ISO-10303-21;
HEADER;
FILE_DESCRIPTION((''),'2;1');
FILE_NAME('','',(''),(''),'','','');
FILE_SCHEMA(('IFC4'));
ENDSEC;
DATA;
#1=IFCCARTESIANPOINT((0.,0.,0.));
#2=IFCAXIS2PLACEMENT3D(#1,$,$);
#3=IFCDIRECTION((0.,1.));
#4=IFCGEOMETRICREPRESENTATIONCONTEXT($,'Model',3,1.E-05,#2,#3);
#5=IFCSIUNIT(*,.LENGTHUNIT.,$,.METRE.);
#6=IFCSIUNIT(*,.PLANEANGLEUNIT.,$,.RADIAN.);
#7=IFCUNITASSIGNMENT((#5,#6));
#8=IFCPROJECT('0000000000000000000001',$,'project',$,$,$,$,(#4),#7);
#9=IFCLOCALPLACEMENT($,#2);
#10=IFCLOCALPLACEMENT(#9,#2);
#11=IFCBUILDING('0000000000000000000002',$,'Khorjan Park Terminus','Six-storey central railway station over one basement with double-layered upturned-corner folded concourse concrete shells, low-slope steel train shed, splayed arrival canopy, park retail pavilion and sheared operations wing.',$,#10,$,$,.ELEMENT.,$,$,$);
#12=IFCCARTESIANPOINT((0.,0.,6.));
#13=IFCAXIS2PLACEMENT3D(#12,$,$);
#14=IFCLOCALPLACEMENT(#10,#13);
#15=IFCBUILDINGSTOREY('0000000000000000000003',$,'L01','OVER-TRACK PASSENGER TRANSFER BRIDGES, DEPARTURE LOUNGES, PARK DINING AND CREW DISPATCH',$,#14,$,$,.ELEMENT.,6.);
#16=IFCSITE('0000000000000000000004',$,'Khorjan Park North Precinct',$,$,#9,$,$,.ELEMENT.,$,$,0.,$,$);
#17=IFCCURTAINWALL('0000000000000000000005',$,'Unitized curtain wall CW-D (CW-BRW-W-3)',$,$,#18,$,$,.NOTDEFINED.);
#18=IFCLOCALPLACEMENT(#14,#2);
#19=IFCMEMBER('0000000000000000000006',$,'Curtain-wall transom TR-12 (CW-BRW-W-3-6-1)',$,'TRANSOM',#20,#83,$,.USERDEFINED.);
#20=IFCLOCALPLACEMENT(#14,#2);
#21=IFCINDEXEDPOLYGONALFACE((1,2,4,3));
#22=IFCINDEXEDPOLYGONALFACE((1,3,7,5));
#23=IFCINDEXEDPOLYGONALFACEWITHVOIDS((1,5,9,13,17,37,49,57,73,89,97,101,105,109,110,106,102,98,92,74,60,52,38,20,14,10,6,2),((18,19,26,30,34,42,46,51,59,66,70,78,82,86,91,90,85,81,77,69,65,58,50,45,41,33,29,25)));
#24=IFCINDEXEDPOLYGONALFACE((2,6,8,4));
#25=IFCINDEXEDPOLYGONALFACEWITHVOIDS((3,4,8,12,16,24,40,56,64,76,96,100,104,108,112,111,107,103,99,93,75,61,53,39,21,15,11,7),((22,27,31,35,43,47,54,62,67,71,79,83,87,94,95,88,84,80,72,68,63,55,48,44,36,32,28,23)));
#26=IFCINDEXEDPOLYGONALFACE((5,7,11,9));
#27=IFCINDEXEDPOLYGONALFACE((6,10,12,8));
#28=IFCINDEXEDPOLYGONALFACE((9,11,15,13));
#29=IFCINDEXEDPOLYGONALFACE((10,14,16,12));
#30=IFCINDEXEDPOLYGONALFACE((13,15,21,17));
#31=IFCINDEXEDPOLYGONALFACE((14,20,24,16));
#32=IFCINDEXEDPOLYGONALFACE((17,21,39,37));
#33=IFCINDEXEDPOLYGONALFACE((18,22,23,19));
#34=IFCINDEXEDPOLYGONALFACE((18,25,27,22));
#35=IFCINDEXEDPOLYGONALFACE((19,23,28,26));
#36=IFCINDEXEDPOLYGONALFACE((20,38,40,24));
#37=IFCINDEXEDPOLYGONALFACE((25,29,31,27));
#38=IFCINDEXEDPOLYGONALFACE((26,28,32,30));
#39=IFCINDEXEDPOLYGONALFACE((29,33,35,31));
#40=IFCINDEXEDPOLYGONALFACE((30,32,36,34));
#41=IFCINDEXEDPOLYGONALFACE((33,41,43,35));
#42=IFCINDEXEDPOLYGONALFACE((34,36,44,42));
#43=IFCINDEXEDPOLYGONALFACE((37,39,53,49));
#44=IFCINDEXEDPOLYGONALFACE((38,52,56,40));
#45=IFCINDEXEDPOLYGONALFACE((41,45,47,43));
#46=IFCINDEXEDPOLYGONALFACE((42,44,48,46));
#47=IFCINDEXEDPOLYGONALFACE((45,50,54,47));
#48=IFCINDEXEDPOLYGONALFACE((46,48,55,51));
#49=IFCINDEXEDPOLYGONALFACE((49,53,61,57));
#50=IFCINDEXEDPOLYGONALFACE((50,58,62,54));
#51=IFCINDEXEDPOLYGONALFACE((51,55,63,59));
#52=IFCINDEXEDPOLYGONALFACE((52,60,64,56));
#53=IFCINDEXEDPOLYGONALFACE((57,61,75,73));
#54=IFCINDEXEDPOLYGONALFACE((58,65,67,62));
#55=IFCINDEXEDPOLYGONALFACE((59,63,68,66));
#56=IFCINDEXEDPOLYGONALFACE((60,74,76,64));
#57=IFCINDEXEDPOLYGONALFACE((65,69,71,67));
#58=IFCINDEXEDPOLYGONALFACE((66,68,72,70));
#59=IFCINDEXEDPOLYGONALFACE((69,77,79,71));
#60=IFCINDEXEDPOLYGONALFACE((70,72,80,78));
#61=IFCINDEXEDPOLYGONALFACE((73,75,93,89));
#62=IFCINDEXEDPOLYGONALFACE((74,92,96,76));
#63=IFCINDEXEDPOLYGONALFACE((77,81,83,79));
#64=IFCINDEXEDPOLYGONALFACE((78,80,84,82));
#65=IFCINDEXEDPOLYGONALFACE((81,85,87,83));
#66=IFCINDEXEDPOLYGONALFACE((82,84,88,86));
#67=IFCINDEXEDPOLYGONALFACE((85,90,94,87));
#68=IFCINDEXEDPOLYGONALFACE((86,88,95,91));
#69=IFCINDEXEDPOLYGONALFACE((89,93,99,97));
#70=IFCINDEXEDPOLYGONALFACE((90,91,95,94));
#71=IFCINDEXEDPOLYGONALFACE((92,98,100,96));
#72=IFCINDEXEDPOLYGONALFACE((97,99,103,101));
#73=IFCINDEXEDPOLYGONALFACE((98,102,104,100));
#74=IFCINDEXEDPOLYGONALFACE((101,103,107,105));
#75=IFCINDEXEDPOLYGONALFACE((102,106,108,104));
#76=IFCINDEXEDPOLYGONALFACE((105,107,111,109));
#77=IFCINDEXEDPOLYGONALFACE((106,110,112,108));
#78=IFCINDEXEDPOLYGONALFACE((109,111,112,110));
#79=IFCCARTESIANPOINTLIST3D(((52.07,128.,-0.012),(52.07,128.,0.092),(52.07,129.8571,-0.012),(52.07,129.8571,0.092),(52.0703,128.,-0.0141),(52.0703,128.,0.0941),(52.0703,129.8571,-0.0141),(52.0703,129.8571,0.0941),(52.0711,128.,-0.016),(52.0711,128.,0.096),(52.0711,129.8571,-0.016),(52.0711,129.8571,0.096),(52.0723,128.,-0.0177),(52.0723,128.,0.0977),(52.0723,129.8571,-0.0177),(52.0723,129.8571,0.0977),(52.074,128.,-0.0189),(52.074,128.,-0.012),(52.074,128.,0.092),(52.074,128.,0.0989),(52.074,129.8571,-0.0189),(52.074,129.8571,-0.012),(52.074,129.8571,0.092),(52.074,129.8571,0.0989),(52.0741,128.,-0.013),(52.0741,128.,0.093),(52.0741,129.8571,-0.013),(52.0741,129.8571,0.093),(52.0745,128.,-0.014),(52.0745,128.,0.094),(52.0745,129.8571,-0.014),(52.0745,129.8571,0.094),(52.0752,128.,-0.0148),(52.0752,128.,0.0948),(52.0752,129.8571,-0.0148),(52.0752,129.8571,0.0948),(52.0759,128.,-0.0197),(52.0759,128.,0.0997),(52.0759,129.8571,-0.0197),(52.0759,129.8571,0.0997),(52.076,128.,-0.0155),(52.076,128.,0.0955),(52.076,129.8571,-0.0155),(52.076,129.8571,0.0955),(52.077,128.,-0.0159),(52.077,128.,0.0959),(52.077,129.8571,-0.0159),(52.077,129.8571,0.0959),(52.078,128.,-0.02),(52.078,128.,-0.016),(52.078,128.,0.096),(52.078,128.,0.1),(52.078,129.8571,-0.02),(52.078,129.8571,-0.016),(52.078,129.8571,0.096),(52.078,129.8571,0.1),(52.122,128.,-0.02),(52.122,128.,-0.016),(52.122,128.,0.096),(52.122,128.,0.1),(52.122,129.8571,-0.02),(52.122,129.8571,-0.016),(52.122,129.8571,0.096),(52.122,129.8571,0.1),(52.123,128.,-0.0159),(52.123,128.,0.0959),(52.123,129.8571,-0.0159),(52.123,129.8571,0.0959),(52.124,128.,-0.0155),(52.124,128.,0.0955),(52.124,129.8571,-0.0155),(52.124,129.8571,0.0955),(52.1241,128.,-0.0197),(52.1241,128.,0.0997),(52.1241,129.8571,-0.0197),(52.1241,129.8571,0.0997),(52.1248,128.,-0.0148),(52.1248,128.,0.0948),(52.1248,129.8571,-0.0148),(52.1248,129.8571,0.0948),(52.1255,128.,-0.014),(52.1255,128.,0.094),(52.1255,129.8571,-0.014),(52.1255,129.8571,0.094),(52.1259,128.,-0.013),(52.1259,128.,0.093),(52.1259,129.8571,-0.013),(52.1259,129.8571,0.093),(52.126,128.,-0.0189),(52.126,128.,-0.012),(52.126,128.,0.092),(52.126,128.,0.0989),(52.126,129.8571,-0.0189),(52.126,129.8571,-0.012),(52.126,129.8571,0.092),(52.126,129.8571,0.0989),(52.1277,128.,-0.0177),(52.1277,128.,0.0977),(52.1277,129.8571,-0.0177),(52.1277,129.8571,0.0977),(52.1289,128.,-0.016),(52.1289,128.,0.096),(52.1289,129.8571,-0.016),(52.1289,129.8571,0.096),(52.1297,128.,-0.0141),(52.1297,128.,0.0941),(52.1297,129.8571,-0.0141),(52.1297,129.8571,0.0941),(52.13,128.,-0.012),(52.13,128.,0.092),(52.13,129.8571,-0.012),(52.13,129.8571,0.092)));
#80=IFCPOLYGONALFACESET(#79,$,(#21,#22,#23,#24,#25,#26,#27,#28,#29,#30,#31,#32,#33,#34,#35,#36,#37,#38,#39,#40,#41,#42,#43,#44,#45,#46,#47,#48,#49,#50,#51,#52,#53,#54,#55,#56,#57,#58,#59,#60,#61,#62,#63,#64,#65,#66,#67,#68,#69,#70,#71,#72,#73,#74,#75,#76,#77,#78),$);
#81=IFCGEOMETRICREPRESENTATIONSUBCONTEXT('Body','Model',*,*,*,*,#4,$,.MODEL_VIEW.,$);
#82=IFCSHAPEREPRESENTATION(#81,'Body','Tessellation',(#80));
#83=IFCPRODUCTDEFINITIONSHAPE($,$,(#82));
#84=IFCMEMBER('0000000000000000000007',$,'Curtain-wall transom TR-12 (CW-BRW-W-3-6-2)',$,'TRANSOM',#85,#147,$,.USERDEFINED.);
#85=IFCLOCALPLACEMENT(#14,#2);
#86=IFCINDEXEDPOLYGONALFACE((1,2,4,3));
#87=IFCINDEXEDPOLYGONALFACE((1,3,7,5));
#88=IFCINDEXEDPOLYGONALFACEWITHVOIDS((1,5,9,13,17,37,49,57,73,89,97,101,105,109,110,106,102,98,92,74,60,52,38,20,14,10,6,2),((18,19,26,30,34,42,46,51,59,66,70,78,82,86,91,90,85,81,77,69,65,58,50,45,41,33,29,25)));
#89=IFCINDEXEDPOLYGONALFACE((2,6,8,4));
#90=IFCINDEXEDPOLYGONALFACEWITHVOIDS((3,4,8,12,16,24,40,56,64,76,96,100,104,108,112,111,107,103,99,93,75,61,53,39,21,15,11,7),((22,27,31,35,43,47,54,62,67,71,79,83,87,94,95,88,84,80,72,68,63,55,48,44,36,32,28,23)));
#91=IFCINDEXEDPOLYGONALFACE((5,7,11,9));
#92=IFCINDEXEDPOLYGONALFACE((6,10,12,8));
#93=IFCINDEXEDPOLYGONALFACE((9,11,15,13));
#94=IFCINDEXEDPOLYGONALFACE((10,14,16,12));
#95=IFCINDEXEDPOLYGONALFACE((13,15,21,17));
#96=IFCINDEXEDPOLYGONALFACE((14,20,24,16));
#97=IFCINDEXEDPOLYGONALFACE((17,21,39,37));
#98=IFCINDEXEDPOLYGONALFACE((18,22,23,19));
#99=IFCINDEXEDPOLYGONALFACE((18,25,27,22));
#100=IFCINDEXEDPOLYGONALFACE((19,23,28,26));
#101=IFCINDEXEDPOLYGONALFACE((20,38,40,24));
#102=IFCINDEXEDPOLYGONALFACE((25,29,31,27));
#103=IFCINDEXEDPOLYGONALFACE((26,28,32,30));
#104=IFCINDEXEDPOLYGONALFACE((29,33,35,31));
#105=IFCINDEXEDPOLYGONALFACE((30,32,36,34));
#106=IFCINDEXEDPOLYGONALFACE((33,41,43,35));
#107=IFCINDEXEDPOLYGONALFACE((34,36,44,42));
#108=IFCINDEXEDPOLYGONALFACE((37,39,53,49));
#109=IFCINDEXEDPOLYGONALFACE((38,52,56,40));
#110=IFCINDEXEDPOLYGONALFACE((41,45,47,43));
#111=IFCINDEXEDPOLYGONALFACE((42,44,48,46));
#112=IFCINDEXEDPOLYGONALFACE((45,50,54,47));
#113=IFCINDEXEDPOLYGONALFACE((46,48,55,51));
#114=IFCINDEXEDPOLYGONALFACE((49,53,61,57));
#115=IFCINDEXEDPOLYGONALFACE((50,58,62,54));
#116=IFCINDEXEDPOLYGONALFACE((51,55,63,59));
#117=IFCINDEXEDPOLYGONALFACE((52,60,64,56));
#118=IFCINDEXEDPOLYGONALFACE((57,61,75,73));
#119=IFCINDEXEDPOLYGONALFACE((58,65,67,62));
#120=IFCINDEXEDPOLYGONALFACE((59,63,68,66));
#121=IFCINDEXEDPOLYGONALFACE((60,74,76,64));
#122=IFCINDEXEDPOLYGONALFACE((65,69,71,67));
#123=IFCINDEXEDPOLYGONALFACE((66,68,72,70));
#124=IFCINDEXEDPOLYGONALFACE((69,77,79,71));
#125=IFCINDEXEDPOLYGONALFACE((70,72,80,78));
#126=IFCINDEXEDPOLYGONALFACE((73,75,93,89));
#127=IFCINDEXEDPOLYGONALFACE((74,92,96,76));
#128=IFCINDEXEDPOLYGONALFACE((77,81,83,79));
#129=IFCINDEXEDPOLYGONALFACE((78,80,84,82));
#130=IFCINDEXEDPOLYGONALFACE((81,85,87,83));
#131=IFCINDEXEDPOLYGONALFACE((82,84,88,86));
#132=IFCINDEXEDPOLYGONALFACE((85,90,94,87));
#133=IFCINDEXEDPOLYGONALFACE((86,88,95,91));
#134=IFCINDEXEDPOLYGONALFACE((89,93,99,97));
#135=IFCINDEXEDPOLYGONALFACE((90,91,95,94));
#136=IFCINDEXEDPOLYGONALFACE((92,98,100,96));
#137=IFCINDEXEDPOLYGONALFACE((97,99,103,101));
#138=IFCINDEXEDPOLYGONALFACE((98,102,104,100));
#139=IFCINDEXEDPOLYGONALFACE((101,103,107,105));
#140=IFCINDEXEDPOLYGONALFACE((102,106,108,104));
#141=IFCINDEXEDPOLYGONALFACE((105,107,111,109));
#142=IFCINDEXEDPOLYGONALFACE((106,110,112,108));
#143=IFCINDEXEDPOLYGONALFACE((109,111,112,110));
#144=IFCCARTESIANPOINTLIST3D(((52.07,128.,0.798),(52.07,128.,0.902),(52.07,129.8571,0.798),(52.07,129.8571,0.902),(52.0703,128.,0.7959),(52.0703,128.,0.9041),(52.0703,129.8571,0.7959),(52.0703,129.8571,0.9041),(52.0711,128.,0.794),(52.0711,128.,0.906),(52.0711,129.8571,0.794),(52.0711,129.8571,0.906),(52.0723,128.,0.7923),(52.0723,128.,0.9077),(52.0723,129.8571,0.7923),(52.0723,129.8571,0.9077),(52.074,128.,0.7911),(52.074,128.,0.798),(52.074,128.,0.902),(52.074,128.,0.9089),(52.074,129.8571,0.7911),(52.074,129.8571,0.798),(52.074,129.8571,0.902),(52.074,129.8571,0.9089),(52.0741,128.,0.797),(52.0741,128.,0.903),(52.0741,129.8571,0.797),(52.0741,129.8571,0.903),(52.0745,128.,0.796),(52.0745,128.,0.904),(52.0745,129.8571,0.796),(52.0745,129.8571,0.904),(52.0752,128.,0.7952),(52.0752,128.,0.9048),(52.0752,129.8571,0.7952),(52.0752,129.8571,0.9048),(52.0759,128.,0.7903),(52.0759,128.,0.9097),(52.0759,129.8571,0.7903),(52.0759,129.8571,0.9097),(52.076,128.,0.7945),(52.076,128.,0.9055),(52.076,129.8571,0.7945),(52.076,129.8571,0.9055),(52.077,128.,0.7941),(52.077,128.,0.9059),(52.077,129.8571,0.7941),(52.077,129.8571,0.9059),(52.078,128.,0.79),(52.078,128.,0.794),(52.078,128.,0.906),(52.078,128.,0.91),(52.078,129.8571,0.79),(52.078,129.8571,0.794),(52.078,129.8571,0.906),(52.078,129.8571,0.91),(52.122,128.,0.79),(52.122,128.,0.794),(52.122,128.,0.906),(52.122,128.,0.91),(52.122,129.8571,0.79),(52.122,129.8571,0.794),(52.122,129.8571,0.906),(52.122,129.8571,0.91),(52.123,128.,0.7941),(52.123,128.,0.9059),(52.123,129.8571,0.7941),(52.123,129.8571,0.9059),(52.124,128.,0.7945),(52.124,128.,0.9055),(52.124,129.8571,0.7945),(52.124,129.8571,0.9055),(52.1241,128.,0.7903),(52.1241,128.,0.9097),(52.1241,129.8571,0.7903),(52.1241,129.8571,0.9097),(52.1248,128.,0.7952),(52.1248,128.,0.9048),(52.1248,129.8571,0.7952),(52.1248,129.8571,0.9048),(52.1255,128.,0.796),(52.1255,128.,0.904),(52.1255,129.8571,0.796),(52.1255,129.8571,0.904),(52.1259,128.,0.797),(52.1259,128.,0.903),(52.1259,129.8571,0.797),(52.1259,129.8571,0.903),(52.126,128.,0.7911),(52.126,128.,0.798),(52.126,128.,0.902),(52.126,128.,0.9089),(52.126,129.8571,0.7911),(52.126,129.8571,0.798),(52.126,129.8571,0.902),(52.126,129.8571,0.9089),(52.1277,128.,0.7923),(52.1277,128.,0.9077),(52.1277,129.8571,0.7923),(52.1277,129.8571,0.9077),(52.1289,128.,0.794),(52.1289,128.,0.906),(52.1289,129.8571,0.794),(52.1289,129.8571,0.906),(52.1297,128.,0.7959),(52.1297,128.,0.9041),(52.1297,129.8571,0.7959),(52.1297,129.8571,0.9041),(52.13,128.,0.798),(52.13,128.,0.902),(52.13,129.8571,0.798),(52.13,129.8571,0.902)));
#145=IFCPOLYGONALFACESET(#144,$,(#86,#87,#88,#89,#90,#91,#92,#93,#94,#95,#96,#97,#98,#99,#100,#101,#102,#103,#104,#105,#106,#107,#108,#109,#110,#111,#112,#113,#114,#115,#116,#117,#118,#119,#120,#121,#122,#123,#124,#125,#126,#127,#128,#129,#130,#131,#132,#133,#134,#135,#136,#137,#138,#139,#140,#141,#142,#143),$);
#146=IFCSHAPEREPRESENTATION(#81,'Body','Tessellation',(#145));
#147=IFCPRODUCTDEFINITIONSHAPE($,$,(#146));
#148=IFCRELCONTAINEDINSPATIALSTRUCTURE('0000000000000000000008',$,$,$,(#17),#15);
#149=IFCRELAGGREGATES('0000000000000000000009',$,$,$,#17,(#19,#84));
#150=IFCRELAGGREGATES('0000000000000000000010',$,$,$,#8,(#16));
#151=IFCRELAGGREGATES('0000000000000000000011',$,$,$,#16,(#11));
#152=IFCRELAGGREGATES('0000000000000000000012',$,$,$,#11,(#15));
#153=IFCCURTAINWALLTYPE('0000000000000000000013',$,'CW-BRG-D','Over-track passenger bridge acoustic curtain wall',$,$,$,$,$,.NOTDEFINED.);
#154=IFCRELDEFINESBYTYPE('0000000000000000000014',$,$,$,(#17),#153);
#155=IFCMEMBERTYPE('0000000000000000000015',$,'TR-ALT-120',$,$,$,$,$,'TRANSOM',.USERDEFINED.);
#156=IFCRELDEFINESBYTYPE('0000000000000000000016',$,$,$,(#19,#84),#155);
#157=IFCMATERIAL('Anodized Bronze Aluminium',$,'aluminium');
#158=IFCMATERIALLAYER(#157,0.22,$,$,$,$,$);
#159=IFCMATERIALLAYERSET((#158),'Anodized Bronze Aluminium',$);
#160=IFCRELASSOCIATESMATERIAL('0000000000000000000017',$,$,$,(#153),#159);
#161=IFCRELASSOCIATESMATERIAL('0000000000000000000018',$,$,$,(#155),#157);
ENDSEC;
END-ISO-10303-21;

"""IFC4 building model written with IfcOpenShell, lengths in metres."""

from ifc_helpers import new_model, si_unit, direction, frame, origin, origin_2d, place, context, subcontext, project, spatial, hollow_rectangle, extrude, material, layer, layer_set, material_profile, profile_set, type_object, element, aggregate, save


model = new_model("IFC4")

# Units and contexts
model_context = context("Model", 3, precision=1e-05, world=origin(), true_north=direction((0.0, 1.0)))
body_context = subcontext(model_context, "Body", "Model", "MODEL_VIEW")
ifc_project = project(units=[si_unit("LENGTHUNIT", "METRE"), si_unit("PLANEANGLEUNIT", "RADIAN")], contexts=[model_context])

# Site, building, storey
site_placement = place(None, origin())
site = spatial("IfcSite", under=ifc_project, at=site_placement, Name="Khorjan Park North Precinct", CompositionType="ELEMENT", RefElevation=0.0)
building_placement = place(site_placement, origin())
building = spatial("IfcBuilding", under=site, at=building_placement, Name="Khorjan Park Terminus", Description="Six-storey central railway station over one basement with double-layered upturned-corner folded concourse concrete shells, low-slope steel train shed, splayed arrival canopy, park retail pavilion and sheared operations wing.", CompositionType="ELEMENT")
storey_placement = place(building_placement, frame((0.0, 0.0, 6.0)))
storey = spatial("IfcBuildingStorey", under=building, at=storey_placement, Name="L01", Description="OVER-TRACK PASSENGER TRANSFER BRIDGES, DEPARTURE LOUNGES, PARK DINING AND CREW DISPATCH", CompositionType="ELEMENT", Elevation=6.0)

# Curtain wall
ifc_material_1 = material(Name="Anodized Bronze Aluminium", Category="aluminium")
ifc_layer_1 = layer(ifc_material_1, 0.22)
ifc_layer_set_1 = layer_set([ifc_layer_1], Name="Anodized Bronze Aluminium")
curtain_wall_type = type_object("IfcCurtainWallType", Name="CW-BRG-D", Description="Over-track passenger bridge acoustic curtain wall", PredefinedType="NOTDEFINED", material=ifc_layer_set_1)
curtain_wall_1_placement = place(storey_placement, origin())
curtain_wall_1 = element("IfcCurtainWall", 1, at=curtain_wall_1_placement, inside=storey, type_object=curtain_wall_type, Name="Unitized curtain wall CW-D (CW-BRW-W-3)", PredefinedType="NOTDEFINED")

# Members
ifc_material_profile_1 = material_profile(ifc_material_1, hollow_rectangle(XDim=0.06, YDim=0.12, WallThickness=0.004, InnerFilletRadius=0.004, OuterFilletRadius=0.008, at=origin_2d()), Name="ALT 60x120x4")
ifc_profile_set_1 = profile_set([ifc_material_profile_1], Name="Anodized Bronze Aluminium")
member_type_1 = type_object("IfcMemberType", Name="TR-ALT-120", ElementType="TRANSOM", PredefinedType="USERDEFINED", material=ifc_profile_set_1)
member_1_placement = place(storey_placement, frame((52.1, 129.8571, 0.04), z_axis=(0.0, -1.0, 0.0), x_axis=(1.0, 0.0, 0.0)))
member_1 = element("IfcMember", 2, at=member_1_placement, type_object=member_type_1, Name="Curtain-wall transom TR-12 (CW-BRW-W-3-6-1)", ObjectType="TRANSOM", PredefinedType="USERDEFINED", context=body_context, shape_type="SweptSolid", body=[
    extrude(hollow_rectangle(XDim=0.06, YDim=0.12, WallThickness=0.004, InnerFilletRadius=0.004, OuterFilletRadius=0.008, at=origin_2d()), origin(), (0.0, 0.0, 1.0), 1.8571),
])
member_2_placement = place(storey_placement, frame((52.1, 129.8571, 0.85), z_axis=(0.0, -1.0, 0.0), x_axis=(1.0, 0.0, 0.0)))
member_2 = element("IfcMember", 3, at=member_2_placement, type_object=member_type_1, Name="Curtain-wall transom TR-12 (CW-BRW-W-3-6-2)", ObjectType="TRANSOM", PredefinedType="USERDEFINED", context=body_context, shape_type="SweptSolid", body=[
    extrude(hollow_rectangle(XDim=0.06, YDim=0.12, WallThickness=0.004, InnerFilletRadius=0.004, OuterFilletRadius=0.008, at=origin_2d()), origin(), (0.0, 0.0, 1.0), 1.8571),
])

aggregate(curtain_wall_1, [member_1, member_2])

save(model, "model.ifc")
